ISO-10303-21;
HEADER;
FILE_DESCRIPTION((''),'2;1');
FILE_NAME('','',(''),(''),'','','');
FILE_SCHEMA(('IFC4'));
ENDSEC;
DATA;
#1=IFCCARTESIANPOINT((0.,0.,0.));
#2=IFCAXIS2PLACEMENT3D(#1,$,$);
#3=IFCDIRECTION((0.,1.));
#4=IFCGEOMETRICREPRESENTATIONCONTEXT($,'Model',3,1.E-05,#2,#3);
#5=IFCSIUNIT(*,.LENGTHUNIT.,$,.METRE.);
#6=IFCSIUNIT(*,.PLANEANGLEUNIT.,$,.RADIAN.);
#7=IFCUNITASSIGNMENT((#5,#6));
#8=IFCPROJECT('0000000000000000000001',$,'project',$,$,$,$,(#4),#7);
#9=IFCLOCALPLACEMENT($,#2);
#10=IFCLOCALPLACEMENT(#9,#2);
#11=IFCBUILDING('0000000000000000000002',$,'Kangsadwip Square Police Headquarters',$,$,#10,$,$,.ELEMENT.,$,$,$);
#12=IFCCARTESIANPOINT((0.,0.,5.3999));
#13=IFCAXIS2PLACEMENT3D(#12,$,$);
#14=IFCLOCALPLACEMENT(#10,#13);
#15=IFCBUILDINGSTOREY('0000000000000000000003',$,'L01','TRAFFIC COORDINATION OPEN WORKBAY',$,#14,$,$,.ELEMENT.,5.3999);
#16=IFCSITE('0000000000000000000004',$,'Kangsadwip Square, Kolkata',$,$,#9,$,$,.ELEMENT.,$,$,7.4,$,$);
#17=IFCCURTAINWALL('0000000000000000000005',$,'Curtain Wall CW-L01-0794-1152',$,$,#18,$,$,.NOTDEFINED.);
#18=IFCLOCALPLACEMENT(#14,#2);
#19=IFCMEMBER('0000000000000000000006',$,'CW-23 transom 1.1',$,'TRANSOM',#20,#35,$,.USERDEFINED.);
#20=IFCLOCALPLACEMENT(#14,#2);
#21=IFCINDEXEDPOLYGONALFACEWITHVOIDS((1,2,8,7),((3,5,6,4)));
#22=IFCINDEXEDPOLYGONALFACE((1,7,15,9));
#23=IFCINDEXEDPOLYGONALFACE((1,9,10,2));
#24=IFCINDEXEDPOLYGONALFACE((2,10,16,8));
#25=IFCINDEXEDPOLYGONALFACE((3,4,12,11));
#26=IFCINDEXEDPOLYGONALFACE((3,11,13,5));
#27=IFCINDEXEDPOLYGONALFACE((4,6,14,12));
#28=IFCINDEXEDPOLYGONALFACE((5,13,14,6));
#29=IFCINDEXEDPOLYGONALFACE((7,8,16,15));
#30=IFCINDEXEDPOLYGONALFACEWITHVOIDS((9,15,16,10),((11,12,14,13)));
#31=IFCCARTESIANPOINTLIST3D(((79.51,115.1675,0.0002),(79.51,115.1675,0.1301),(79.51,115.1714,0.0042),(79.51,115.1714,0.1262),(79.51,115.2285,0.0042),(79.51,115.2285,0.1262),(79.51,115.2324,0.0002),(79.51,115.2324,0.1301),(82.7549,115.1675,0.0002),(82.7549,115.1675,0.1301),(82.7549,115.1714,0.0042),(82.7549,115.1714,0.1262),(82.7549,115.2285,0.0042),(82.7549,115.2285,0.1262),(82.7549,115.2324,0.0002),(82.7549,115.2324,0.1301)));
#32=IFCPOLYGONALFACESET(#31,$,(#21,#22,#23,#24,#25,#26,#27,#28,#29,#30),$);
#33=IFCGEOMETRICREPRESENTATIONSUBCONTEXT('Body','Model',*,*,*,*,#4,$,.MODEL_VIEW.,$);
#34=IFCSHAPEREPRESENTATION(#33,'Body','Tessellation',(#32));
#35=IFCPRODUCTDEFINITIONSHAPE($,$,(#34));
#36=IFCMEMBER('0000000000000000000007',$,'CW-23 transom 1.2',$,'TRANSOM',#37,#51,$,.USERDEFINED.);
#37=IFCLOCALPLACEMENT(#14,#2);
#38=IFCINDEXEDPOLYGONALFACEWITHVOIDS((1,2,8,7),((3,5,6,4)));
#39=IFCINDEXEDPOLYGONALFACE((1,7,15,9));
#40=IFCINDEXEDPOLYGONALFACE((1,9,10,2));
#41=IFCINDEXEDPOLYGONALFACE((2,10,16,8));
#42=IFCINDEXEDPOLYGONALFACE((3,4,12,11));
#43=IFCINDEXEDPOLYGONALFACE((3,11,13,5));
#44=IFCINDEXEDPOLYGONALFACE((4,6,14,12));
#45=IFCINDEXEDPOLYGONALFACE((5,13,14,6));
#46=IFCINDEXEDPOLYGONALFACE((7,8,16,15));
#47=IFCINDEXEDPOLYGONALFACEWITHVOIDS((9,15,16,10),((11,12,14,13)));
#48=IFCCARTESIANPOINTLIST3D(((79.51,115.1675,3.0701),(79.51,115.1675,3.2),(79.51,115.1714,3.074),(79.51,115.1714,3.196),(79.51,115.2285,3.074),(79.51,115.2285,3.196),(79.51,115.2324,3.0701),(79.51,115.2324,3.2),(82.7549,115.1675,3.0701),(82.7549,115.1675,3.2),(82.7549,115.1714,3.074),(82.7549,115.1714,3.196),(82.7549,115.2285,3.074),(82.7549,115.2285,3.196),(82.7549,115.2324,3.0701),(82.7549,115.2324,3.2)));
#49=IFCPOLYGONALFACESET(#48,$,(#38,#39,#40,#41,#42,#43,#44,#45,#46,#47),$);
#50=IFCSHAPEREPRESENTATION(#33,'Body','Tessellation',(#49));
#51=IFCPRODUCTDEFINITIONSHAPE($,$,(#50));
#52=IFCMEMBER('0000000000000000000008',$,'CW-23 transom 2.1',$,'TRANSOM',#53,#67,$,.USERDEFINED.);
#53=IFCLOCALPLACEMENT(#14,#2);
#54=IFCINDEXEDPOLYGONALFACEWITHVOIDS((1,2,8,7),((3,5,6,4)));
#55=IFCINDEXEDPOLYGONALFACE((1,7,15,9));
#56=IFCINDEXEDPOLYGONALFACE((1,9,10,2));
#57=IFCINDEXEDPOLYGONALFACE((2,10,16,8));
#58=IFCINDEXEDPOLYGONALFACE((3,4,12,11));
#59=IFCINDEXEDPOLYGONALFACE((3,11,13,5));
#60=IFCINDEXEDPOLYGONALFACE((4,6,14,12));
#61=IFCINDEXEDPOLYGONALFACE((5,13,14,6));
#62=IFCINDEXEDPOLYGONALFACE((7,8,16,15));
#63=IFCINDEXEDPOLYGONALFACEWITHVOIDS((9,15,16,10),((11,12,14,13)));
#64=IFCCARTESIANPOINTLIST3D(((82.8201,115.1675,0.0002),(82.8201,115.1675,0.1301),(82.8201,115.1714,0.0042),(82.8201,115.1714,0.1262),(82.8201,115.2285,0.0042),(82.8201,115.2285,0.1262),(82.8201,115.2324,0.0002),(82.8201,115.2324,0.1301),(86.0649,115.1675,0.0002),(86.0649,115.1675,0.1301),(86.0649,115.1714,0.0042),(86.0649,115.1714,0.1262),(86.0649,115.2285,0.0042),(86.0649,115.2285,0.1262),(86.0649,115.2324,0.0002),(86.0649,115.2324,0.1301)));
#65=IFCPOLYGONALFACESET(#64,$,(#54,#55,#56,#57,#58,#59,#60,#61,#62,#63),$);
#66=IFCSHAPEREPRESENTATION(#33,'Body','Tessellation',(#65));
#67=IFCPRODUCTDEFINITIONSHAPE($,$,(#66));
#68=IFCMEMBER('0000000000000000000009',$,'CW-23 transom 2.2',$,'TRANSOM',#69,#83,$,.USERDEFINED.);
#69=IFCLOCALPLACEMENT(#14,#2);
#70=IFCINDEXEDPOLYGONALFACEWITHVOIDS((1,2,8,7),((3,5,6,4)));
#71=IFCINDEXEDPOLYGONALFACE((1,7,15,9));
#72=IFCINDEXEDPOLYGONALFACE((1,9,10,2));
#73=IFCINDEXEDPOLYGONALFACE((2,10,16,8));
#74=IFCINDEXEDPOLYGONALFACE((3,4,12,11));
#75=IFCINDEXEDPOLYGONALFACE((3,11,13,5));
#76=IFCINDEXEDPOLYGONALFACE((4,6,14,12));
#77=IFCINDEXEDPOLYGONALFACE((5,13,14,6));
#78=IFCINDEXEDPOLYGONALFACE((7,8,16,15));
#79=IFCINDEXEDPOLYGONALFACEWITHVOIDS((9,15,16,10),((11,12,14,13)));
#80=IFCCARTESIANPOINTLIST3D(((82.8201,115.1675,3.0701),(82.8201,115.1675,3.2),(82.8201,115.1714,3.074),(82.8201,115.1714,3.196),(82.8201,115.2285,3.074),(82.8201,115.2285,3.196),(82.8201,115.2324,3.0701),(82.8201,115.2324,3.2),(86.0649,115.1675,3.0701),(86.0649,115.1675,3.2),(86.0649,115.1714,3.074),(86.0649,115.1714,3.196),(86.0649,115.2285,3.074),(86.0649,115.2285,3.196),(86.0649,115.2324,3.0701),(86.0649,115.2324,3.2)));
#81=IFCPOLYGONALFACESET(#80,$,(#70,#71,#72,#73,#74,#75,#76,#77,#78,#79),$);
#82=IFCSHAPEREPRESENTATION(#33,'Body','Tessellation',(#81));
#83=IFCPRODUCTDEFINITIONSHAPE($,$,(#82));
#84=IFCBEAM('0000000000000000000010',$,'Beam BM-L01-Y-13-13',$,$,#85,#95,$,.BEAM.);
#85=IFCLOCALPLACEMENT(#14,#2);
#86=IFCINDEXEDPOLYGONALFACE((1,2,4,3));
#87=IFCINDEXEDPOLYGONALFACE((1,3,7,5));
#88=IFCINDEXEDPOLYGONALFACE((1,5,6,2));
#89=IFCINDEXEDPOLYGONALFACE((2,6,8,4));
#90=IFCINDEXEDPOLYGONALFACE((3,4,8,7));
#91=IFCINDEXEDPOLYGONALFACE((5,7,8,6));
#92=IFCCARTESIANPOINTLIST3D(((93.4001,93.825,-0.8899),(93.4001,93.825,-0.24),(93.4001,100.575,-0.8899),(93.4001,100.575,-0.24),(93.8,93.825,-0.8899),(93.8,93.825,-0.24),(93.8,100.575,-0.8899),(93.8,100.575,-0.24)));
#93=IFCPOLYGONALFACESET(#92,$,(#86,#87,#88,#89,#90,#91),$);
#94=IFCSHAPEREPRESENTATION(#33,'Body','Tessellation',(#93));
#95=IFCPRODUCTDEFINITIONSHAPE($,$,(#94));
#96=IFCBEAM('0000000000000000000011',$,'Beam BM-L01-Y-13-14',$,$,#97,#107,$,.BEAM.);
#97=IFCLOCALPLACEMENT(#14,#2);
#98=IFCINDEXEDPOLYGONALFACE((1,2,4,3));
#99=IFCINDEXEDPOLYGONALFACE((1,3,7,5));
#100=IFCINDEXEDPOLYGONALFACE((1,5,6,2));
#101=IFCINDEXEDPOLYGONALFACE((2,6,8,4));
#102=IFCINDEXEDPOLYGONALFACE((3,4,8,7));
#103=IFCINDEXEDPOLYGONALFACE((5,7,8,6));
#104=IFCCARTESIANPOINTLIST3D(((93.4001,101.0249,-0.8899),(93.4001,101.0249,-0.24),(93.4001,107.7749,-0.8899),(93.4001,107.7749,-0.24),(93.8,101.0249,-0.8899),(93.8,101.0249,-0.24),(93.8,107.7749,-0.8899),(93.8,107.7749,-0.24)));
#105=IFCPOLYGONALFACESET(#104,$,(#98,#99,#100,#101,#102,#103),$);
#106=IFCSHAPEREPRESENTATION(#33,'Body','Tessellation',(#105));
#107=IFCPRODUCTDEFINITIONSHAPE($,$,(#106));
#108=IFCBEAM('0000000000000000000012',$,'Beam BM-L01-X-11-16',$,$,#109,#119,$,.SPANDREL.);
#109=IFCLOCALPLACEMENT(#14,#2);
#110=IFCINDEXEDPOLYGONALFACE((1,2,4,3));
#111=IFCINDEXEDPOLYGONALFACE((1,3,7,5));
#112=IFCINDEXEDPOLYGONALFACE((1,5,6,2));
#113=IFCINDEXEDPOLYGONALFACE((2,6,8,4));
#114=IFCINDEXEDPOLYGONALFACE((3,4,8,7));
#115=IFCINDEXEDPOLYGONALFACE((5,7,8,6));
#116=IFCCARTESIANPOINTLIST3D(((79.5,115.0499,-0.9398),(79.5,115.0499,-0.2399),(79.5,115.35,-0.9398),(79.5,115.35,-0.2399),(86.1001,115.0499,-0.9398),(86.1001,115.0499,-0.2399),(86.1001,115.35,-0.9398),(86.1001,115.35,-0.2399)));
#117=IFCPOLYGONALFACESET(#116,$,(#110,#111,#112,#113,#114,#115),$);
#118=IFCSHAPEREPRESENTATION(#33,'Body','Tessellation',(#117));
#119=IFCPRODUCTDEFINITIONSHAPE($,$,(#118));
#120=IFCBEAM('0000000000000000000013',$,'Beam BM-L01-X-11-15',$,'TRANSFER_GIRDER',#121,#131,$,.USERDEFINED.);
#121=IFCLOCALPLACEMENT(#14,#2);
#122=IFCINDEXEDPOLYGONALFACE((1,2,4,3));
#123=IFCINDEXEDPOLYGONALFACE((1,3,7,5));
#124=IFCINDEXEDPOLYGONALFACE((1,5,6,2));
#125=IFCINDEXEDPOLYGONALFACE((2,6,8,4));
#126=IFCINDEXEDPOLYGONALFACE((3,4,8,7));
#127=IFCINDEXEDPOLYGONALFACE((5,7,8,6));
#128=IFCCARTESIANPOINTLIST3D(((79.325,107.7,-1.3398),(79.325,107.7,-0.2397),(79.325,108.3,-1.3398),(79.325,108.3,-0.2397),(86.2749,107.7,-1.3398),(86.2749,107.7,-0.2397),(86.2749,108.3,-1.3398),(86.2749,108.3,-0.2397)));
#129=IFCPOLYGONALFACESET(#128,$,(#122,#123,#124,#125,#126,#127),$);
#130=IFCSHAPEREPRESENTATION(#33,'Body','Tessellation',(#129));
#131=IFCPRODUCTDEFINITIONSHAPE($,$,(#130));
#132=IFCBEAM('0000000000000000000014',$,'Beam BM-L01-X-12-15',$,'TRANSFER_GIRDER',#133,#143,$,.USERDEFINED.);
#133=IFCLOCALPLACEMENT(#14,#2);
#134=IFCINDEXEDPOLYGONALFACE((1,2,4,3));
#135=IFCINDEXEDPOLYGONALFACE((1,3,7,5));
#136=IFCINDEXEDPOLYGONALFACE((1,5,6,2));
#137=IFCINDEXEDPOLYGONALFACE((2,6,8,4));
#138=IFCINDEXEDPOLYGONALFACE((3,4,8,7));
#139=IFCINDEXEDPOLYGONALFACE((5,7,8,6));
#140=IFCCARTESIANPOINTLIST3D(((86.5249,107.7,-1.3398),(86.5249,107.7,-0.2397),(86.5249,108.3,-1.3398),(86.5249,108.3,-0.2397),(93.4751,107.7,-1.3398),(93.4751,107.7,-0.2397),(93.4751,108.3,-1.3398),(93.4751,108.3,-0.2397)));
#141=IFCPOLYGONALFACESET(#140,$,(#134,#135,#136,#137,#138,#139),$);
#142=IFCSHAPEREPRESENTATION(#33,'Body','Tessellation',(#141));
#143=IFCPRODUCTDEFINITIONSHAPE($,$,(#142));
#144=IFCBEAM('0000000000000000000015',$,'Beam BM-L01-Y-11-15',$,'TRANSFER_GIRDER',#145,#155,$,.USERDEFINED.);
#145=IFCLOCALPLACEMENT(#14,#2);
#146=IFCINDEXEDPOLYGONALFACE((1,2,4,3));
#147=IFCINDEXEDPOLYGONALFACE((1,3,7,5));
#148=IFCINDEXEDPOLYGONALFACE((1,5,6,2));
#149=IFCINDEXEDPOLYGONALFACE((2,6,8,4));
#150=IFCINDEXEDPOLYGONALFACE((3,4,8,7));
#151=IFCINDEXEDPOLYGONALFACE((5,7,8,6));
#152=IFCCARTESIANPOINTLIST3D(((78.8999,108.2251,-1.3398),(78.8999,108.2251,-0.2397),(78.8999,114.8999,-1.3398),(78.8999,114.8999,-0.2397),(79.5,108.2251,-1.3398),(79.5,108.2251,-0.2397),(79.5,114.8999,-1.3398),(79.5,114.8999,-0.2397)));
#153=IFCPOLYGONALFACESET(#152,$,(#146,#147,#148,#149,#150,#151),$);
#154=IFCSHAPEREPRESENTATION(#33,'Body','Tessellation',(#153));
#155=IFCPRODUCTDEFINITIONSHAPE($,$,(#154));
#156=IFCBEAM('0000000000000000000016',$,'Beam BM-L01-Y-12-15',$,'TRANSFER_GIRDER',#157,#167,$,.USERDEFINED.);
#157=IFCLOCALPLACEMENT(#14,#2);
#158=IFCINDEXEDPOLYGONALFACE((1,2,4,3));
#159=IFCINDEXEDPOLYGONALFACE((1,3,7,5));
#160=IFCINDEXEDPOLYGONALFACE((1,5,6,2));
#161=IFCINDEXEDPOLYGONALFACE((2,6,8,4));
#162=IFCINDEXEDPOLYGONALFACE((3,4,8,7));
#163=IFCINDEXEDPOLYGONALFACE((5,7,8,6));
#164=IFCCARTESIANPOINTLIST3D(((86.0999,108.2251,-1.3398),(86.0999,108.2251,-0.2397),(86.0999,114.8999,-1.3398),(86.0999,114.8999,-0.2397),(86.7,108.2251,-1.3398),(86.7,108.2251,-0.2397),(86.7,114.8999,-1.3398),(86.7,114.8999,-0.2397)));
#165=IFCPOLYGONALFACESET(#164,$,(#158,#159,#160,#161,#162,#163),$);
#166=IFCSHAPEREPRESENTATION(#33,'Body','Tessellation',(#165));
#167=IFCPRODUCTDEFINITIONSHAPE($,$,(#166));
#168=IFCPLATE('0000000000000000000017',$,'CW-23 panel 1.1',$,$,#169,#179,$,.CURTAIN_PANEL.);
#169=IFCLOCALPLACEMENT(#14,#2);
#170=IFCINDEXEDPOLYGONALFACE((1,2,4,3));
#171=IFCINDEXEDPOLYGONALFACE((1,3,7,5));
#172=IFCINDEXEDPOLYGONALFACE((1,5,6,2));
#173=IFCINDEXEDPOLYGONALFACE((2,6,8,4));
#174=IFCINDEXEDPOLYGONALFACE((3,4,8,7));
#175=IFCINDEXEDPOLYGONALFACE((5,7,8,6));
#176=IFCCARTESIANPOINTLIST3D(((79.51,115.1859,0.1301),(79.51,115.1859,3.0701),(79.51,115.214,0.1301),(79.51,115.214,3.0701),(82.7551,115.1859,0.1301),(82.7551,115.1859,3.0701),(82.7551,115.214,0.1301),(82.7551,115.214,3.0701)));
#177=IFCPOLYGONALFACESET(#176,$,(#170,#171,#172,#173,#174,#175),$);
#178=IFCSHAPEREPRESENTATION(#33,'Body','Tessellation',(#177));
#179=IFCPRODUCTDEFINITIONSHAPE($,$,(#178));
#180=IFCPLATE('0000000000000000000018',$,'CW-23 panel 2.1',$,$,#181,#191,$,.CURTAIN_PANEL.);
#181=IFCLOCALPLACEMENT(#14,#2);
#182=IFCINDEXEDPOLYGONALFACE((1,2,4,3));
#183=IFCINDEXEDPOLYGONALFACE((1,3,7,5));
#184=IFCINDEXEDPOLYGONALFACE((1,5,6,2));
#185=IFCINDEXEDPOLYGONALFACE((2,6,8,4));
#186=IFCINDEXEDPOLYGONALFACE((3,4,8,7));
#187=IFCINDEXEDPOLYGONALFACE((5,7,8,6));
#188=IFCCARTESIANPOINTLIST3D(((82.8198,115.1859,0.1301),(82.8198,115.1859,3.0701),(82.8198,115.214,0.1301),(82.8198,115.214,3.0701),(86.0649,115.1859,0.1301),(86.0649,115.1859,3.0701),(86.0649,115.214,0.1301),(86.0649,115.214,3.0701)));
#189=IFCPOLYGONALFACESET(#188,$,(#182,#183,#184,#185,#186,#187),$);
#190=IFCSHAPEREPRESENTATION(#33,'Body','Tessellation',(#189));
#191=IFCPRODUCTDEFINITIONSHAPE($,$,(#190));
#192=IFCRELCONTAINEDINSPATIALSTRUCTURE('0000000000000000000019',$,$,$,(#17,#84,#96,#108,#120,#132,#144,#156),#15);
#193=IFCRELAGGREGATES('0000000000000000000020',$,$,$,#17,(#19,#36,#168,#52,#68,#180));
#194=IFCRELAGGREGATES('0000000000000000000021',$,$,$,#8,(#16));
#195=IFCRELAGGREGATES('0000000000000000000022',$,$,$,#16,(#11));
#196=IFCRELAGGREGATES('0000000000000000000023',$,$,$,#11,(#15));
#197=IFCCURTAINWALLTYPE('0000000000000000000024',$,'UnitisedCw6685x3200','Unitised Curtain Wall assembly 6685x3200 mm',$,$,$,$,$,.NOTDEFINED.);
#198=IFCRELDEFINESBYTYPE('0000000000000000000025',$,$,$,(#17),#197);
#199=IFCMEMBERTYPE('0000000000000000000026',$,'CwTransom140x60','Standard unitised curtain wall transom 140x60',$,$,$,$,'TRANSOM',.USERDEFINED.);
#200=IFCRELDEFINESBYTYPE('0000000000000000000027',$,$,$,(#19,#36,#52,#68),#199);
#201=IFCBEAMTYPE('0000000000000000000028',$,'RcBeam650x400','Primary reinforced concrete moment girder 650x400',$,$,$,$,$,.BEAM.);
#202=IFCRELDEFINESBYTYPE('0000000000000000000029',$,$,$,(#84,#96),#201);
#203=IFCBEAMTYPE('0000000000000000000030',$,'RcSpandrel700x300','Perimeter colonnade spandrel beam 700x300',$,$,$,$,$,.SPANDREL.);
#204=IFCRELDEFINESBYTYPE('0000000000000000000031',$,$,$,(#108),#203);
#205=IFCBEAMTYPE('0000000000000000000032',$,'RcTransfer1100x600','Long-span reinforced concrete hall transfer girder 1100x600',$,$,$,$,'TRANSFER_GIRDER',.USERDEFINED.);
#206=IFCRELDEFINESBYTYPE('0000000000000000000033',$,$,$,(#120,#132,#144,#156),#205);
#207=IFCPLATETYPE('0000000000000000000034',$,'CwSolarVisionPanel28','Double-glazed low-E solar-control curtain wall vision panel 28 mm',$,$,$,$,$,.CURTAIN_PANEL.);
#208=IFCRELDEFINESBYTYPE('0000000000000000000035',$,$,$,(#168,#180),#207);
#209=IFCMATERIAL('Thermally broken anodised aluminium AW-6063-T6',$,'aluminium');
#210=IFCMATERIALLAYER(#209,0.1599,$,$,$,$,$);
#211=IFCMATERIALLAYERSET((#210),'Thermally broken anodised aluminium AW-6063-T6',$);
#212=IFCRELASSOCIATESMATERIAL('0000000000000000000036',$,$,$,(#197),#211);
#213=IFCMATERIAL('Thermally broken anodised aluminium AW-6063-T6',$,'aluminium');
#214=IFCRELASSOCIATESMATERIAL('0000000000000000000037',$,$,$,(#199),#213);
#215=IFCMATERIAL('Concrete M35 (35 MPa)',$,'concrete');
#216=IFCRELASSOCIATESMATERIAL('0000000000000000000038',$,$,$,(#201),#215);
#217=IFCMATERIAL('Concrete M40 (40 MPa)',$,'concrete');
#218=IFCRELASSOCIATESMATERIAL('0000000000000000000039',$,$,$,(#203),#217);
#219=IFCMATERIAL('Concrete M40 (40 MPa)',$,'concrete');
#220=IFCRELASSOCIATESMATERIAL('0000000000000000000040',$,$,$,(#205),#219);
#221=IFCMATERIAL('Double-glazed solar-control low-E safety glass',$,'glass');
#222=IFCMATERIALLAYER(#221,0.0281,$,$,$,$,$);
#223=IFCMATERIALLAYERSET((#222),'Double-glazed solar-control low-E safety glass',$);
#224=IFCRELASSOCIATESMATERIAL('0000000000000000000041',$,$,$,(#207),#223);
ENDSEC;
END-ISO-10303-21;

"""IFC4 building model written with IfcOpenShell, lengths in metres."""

from ifc_helpers import new_model, si_unit, direction, frame, origin, origin_2d, place, context, subcontext, project, spatial, rectangle, hollow_rectangle, extrude, material, layer, layer_set, material_profile, profile_set, type_object, element, aggregate, save


model = new_model("IFC4")

# Units and contexts
model_context = context("Model", 3, precision=1e-05, world=origin(), true_north=direction((0.0, 1.0)))
body_context = subcontext(model_context, "Body", "Model", "MODEL_VIEW")
ifc_project = project(units=[si_unit("LENGTHUNIT", "METRE"), si_unit("PLANEANGLEUNIT", "RADIAN")], contexts=[model_context])

# Site, building, storey
site_placement = place(None, origin())
site = spatial("IfcSite", under=ifc_project, at=site_placement, Name="Kangsadwip Square, Kolkata", CompositionType="ELEMENT", RefElevation=7.4)
building_placement = place(site_placement, origin())
building = spatial("IfcBuilding", under=site, at=building_placement, Name="Kangsadwip Square Police Headquarters", CompositionType="ELEMENT")
storey_placement = place(building_placement, frame((0.0, 0.0, 5.3999)))
storey = spatial("IfcBuildingStorey", under=building, at=storey_placement, Name="L01", Description="TRAFFIC COORDINATION OPEN WORKBAY", CompositionType="ELEMENT", Elevation=5.3999)

# Curtain wall, members
ifc_material_1 = material(Name="Thermally broken anodised aluminium AW-6063-T6", Category="aluminium")
ifc_layer_1 = layer(ifc_material_1, 0.1599)
ifc_layer_set_1 = layer_set([ifc_layer_1], Name="Thermally broken anodised aluminium AW-6063-T6")
curtain_wall_type = type_object("IfcCurtainWallType", Name="UnitisedCw6685x3200", Description="Unitised Curtain Wall assembly 6685x3200 mm", PredefinedType="NOTDEFINED", material=ifc_layer_set_1)
curtain_wall_placement = place(storey_placement, origin())
curtain_wall = element("IfcCurtainWall", 1, at=curtain_wall_placement, inside=storey, type_object=curtain_wall_type, Name="Curtain Wall CW-L01-0794-1152", PredefinedType="NOTDEFINED")
ifc_material_2 = material(Name="Thermally broken anodised aluminium AW-6063-T6", Category="aluminium")
ifc_material_profile_1 = material_profile(ifc_material_2, hollow_rectangle(XDim=0.0649, YDim=0.1299, WallThickness=0.0039, at=origin_2d()), Name="CWT 130X65X4")
ifc_profile_set_1 = profile_set([ifc_material_profile_1], Name="Thermally broken anodised aluminium AW-6063-T6")
member_type_1 = type_object("IfcMemberType", Name="CwTransom140x60", Description="Standard unitised curtain wall transom 140x60", ElementType="TRANSOM", PredefinedType="USERDEFINED", material=ifc_profile_set_1)
member_1_placement = place(storey_placement, frame((79.51, 115.2, 0.0652), z_axis=(1.0, 0.0, 0.0), x_axis=(0.0, 1.0, 0.0)))
member_1 = element("IfcMember", 2, at=member_1_placement, type_object=member_type_1, Name="CW-23 transom 1.1", ObjectType="TRANSOM", PredefinedType="USERDEFINED", context=body_context, shape_type="SweptSolid", body=[
    extrude(hollow_rectangle(XDim=0.0649, YDim=0.1299, WallThickness=0.0039, at=origin_2d()), origin(), (0.0, 0.0, 1.0), 3.2449),
])
member_2_placement = place(storey_placement, frame((79.51, 115.2, 3.135), z_axis=(1.0, 0.0, 0.0), x_axis=(0.0, 1.0, 0.0)))
member_2 = element("IfcMember", 3, at=member_2_placement, type_object=member_type_1, Name="CW-23 transom 1.2", ObjectType="TRANSOM", PredefinedType="USERDEFINED", context=body_context, shape_type="SweptSolid", body=[
    extrude(hollow_rectangle(XDim=0.0649, YDim=0.1299, WallThickness=0.0039, at=origin_2d()), origin(), (0.0, 0.0, 1.0), 3.2449),
])
member_3_placement = place(storey_placement, frame((82.8201, 115.2, 0.0652), z_axis=(1.0, 0.0, 0.0), x_axis=(0.0, 1.0, 0.0)))
member_3 = element("IfcMember", 4, at=member_3_placement, type_object=member_type_1, Name="CW-23 transom 2.1", ObjectType="TRANSOM", PredefinedType="USERDEFINED", context=body_context, shape_type="SweptSolid", body=[
    extrude(hollow_rectangle(XDim=0.0649, YDim=0.1299, WallThickness=0.0039, at=origin_2d()), origin(), (0.0, 0.0, 1.0), 3.2449),
])
member_4_placement = place(storey_placement, frame((82.8201, 115.2, 3.135), z_axis=(1.0, 0.0, 0.0), x_axis=(0.0, 1.0, 0.0)))
member_4 = element("IfcMember", 5, at=member_4_placement, type_object=member_type_1, Name="CW-23 transom 2.2", ObjectType="TRANSOM", PredefinedType="USERDEFINED", context=body_context, shape_type="SweptSolid", body=[
    extrude(hollow_rectangle(XDim=0.0649, YDim=0.1299, WallThickness=0.0039, at=origin_2d()), origin(), (0.0, 0.0, 1.0), 3.2449),
])

# Beams
ifc_material_3 = material(Name="Concrete M35 (35 MPa)", Category="concrete")
ifc_material_profile_2 = material_profile(ifc_material_3, rectangle(XDim=0.3999, YDim=0.6499, at=origin_2d()), Name="RC BM 650X400")
ifc_profile_set_2 = profile_set([ifc_material_profile_2], Name="Concrete M35 (35 MPa)")
beam_type_1 = type_object("IfcBeamType", Name="RcBeam650x400", Description="Primary reinforced concrete moment girder 650x400", PredefinedType="BEAM", material=ifc_profile_set_2)
for number, where, z_axis, x_axis, name in (
    (6, (93.6001, 93.825, -0.5649), (0.0, 1.0, 0.0), (-1.0, 0.0, 0.0), "Beam BM-L01-Y-13-13"),
    (7, (93.6001, 101.0249, -0.5649), (0.0, 1.0, 0.0), (-1.0, 0.0, 0.0), "Beam BM-L01-Y-13-14"),
):
    element("IfcBeam", number, at=place(storey_placement, frame(where, z_axis=z_axis, x_axis=x_axis)), inside=storey, type_object=beam_type_1, Name=name, PredefinedType="BEAM", context=body_context, shape_type="SweptSolid", body=[
        extrude(rectangle(XDim=0.3999, YDim=0.6499, at=origin_2d()), origin(), (0.0, 0.0, 1.0), 6.75),
    ])
ifc_material_4 = material(Name="Concrete M40 (40 MPa)", Category="concrete")
ifc_material_profile_3 = material_profile(ifc_material_4, rectangle(XDim=0.3, YDim=0.7, at=origin_2d()), Name="RC SPN 700X300")
ifc_profile_set_3 = profile_set([ifc_material_profile_3], Name="Concrete M40 (40 MPa)")
beam_type_2 = type_object("IfcBeamType", Name="RcSpandrel700x300", Description="Perimeter colonnade spandrel beam 700x300", PredefinedType="SPANDREL", material=ifc_profile_set_3)
beam_1_placement = place(storey_placement, frame((79.5, 115.2, -0.5898), z_axis=(1.0, 0.0, 0.0), x_axis=(0.0, 1.0, 0.0)))
element("IfcBeam", 8, at=beam_1_placement, inside=storey, type_object=beam_type_2, Name="Beam BM-L01-X-11-16", PredefinedType="SPANDREL", context=body_context, shape_type="SweptSolid", body=[
    extrude(rectangle(XDim=0.3, YDim=0.7, at=origin_2d()), origin(), (0.0, 0.0, 1.0), 6.6001),
])
ifc_material_5 = material(Name="Concrete M40 (40 MPa)", Category="concrete")
ifc_material_profile_4 = material_profile(ifc_material_5, rectangle(XDim=0.6001, YDim=1.1001, at=origin_2d()), Name="RC TG 1100X600")
ifc_profile_set_4 = profile_set([ifc_material_profile_4], Name="Concrete M40 (40 MPa)")
beam_type_3 = type_object("IfcBeamType", Name="RcTransfer1100x600", Description="Long-span reinforced concrete hall transfer girder 1100x600", ElementType="TRANSFER_GIRDER", PredefinedType="USERDEFINED", material=ifc_profile_set_4)
beam_2_placement = place(storey_placement, frame((79.325, 108.0, -0.7898), z_axis=(1.0, 0.0, 0.0), x_axis=(0.0, 1.0, 0.0)))
element("IfcBeam", 9, at=beam_2_placement, inside=storey, type_object=beam_type_3, Name="Beam BM-L01-X-11-15", ObjectType="TRANSFER_GIRDER", PredefinedType="USERDEFINED", context=body_context, shape_type="SweptSolid", body=[
    extrude(rectangle(XDim=0.6001, YDim=1.1001, at=origin_2d()), origin(), (0.0, 0.0, 1.0), 6.95),
])
beam_3_placement = place(storey_placement, frame((86.5249, 108.0, -0.7898), z_axis=(1.0, 0.0, 0.0), x_axis=(0.0, 1.0, 0.0)))
element("IfcBeam", 10, at=beam_3_placement, inside=storey, type_object=beam_type_3, Name="Beam BM-L01-X-12-15", ObjectType="TRANSFER_GIRDER", PredefinedType="USERDEFINED", context=body_context, shape_type="SweptSolid", body=[
    extrude(rectangle(XDim=0.6001, YDim=1.1001, at=origin_2d()), origin(), (0.0, 0.0, 1.0), 6.9502),
])
for number, where, z_axis, x_axis, name in (
    (11, (79.2, 108.2251, -0.7898), (0.0, 1.0, 0.0), (-1.0, 0.0, 0.0), "Beam BM-L01-Y-11-15"),
    (12, (86.3999, 108.2251, -0.7898), (0.0, 1.0, 0.0), (-1.0, 0.0, 0.0), "Beam BM-L01-Y-12-15"),
):
    element("IfcBeam", number, at=place(storey_placement, frame(where, z_axis=z_axis, x_axis=x_axis)), inside=storey, type_object=beam_type_3, Name=name, ObjectType="TRANSFER_GIRDER", PredefinedType="USERDEFINED", context=body_context, shape_type="SweptSolid", body=[
        extrude(rectangle(XDim=0.6001, YDim=1.1001, at=origin_2d()), origin(), (0.0, 0.0, 1.0), 6.6748),
    ])

# Plates
ifc_material_6 = material(Name="Double-glazed solar-control low-E safety glass", Category="glass")
ifc_layer_2 = layer(ifc_material_6, 0.0281)
ifc_layer_set_2 = layer_set([ifc_layer_2], Name="Double-glazed solar-control low-E safety glass")
plate_type = type_object("IfcPlateType", Name="CwSolarVisionPanel28", Description="Double-glazed low-E solar-control curtain wall vision panel 28 mm", PredefinedType="CURTAIN_PANEL", material=ifc_layer_set_2)
plate_1_placement = place(storey_placement, frame((81.1326, 115.2, 0.1301), z_axis=(0.0, 0.0, 1.0), x_axis=(1.0, 0.0, 0.0)))
plate_1 = element("IfcPlate", 13, at=plate_1_placement, type_object=plate_type, Name="CW-23 panel 1.1", PredefinedType="CURTAIN_PANEL", context=body_context, shape_type="SweptSolid", body=[
    extrude(rectangle(XDim=3.2451, YDim=0.0281, at=origin_2d()), origin(), (0.0, 0.0, 1.0), 2.9399),
])
plate_2_placement = place(storey_placement, frame((84.4424, 115.2, 0.1301), z_axis=(0.0, 0.0, 1.0), x_axis=(1.0, 0.0, 0.0)))
plate_2 = element("IfcPlate", 14, at=plate_2_placement, type_object=plate_type, Name="CW-23 panel 2.1", PredefinedType="CURTAIN_PANEL", context=body_context, shape_type="SweptSolid", body=[
    extrude(rectangle(XDim=3.2451, YDim=0.0281, at=origin_2d()), origin(), (0.0, 0.0, 1.0), 2.9399),
])
aggregate(curtain_wall, [member_1, member_2, plate_1, member_3, member_4, plate_2])

save(model, "model.ifc")
